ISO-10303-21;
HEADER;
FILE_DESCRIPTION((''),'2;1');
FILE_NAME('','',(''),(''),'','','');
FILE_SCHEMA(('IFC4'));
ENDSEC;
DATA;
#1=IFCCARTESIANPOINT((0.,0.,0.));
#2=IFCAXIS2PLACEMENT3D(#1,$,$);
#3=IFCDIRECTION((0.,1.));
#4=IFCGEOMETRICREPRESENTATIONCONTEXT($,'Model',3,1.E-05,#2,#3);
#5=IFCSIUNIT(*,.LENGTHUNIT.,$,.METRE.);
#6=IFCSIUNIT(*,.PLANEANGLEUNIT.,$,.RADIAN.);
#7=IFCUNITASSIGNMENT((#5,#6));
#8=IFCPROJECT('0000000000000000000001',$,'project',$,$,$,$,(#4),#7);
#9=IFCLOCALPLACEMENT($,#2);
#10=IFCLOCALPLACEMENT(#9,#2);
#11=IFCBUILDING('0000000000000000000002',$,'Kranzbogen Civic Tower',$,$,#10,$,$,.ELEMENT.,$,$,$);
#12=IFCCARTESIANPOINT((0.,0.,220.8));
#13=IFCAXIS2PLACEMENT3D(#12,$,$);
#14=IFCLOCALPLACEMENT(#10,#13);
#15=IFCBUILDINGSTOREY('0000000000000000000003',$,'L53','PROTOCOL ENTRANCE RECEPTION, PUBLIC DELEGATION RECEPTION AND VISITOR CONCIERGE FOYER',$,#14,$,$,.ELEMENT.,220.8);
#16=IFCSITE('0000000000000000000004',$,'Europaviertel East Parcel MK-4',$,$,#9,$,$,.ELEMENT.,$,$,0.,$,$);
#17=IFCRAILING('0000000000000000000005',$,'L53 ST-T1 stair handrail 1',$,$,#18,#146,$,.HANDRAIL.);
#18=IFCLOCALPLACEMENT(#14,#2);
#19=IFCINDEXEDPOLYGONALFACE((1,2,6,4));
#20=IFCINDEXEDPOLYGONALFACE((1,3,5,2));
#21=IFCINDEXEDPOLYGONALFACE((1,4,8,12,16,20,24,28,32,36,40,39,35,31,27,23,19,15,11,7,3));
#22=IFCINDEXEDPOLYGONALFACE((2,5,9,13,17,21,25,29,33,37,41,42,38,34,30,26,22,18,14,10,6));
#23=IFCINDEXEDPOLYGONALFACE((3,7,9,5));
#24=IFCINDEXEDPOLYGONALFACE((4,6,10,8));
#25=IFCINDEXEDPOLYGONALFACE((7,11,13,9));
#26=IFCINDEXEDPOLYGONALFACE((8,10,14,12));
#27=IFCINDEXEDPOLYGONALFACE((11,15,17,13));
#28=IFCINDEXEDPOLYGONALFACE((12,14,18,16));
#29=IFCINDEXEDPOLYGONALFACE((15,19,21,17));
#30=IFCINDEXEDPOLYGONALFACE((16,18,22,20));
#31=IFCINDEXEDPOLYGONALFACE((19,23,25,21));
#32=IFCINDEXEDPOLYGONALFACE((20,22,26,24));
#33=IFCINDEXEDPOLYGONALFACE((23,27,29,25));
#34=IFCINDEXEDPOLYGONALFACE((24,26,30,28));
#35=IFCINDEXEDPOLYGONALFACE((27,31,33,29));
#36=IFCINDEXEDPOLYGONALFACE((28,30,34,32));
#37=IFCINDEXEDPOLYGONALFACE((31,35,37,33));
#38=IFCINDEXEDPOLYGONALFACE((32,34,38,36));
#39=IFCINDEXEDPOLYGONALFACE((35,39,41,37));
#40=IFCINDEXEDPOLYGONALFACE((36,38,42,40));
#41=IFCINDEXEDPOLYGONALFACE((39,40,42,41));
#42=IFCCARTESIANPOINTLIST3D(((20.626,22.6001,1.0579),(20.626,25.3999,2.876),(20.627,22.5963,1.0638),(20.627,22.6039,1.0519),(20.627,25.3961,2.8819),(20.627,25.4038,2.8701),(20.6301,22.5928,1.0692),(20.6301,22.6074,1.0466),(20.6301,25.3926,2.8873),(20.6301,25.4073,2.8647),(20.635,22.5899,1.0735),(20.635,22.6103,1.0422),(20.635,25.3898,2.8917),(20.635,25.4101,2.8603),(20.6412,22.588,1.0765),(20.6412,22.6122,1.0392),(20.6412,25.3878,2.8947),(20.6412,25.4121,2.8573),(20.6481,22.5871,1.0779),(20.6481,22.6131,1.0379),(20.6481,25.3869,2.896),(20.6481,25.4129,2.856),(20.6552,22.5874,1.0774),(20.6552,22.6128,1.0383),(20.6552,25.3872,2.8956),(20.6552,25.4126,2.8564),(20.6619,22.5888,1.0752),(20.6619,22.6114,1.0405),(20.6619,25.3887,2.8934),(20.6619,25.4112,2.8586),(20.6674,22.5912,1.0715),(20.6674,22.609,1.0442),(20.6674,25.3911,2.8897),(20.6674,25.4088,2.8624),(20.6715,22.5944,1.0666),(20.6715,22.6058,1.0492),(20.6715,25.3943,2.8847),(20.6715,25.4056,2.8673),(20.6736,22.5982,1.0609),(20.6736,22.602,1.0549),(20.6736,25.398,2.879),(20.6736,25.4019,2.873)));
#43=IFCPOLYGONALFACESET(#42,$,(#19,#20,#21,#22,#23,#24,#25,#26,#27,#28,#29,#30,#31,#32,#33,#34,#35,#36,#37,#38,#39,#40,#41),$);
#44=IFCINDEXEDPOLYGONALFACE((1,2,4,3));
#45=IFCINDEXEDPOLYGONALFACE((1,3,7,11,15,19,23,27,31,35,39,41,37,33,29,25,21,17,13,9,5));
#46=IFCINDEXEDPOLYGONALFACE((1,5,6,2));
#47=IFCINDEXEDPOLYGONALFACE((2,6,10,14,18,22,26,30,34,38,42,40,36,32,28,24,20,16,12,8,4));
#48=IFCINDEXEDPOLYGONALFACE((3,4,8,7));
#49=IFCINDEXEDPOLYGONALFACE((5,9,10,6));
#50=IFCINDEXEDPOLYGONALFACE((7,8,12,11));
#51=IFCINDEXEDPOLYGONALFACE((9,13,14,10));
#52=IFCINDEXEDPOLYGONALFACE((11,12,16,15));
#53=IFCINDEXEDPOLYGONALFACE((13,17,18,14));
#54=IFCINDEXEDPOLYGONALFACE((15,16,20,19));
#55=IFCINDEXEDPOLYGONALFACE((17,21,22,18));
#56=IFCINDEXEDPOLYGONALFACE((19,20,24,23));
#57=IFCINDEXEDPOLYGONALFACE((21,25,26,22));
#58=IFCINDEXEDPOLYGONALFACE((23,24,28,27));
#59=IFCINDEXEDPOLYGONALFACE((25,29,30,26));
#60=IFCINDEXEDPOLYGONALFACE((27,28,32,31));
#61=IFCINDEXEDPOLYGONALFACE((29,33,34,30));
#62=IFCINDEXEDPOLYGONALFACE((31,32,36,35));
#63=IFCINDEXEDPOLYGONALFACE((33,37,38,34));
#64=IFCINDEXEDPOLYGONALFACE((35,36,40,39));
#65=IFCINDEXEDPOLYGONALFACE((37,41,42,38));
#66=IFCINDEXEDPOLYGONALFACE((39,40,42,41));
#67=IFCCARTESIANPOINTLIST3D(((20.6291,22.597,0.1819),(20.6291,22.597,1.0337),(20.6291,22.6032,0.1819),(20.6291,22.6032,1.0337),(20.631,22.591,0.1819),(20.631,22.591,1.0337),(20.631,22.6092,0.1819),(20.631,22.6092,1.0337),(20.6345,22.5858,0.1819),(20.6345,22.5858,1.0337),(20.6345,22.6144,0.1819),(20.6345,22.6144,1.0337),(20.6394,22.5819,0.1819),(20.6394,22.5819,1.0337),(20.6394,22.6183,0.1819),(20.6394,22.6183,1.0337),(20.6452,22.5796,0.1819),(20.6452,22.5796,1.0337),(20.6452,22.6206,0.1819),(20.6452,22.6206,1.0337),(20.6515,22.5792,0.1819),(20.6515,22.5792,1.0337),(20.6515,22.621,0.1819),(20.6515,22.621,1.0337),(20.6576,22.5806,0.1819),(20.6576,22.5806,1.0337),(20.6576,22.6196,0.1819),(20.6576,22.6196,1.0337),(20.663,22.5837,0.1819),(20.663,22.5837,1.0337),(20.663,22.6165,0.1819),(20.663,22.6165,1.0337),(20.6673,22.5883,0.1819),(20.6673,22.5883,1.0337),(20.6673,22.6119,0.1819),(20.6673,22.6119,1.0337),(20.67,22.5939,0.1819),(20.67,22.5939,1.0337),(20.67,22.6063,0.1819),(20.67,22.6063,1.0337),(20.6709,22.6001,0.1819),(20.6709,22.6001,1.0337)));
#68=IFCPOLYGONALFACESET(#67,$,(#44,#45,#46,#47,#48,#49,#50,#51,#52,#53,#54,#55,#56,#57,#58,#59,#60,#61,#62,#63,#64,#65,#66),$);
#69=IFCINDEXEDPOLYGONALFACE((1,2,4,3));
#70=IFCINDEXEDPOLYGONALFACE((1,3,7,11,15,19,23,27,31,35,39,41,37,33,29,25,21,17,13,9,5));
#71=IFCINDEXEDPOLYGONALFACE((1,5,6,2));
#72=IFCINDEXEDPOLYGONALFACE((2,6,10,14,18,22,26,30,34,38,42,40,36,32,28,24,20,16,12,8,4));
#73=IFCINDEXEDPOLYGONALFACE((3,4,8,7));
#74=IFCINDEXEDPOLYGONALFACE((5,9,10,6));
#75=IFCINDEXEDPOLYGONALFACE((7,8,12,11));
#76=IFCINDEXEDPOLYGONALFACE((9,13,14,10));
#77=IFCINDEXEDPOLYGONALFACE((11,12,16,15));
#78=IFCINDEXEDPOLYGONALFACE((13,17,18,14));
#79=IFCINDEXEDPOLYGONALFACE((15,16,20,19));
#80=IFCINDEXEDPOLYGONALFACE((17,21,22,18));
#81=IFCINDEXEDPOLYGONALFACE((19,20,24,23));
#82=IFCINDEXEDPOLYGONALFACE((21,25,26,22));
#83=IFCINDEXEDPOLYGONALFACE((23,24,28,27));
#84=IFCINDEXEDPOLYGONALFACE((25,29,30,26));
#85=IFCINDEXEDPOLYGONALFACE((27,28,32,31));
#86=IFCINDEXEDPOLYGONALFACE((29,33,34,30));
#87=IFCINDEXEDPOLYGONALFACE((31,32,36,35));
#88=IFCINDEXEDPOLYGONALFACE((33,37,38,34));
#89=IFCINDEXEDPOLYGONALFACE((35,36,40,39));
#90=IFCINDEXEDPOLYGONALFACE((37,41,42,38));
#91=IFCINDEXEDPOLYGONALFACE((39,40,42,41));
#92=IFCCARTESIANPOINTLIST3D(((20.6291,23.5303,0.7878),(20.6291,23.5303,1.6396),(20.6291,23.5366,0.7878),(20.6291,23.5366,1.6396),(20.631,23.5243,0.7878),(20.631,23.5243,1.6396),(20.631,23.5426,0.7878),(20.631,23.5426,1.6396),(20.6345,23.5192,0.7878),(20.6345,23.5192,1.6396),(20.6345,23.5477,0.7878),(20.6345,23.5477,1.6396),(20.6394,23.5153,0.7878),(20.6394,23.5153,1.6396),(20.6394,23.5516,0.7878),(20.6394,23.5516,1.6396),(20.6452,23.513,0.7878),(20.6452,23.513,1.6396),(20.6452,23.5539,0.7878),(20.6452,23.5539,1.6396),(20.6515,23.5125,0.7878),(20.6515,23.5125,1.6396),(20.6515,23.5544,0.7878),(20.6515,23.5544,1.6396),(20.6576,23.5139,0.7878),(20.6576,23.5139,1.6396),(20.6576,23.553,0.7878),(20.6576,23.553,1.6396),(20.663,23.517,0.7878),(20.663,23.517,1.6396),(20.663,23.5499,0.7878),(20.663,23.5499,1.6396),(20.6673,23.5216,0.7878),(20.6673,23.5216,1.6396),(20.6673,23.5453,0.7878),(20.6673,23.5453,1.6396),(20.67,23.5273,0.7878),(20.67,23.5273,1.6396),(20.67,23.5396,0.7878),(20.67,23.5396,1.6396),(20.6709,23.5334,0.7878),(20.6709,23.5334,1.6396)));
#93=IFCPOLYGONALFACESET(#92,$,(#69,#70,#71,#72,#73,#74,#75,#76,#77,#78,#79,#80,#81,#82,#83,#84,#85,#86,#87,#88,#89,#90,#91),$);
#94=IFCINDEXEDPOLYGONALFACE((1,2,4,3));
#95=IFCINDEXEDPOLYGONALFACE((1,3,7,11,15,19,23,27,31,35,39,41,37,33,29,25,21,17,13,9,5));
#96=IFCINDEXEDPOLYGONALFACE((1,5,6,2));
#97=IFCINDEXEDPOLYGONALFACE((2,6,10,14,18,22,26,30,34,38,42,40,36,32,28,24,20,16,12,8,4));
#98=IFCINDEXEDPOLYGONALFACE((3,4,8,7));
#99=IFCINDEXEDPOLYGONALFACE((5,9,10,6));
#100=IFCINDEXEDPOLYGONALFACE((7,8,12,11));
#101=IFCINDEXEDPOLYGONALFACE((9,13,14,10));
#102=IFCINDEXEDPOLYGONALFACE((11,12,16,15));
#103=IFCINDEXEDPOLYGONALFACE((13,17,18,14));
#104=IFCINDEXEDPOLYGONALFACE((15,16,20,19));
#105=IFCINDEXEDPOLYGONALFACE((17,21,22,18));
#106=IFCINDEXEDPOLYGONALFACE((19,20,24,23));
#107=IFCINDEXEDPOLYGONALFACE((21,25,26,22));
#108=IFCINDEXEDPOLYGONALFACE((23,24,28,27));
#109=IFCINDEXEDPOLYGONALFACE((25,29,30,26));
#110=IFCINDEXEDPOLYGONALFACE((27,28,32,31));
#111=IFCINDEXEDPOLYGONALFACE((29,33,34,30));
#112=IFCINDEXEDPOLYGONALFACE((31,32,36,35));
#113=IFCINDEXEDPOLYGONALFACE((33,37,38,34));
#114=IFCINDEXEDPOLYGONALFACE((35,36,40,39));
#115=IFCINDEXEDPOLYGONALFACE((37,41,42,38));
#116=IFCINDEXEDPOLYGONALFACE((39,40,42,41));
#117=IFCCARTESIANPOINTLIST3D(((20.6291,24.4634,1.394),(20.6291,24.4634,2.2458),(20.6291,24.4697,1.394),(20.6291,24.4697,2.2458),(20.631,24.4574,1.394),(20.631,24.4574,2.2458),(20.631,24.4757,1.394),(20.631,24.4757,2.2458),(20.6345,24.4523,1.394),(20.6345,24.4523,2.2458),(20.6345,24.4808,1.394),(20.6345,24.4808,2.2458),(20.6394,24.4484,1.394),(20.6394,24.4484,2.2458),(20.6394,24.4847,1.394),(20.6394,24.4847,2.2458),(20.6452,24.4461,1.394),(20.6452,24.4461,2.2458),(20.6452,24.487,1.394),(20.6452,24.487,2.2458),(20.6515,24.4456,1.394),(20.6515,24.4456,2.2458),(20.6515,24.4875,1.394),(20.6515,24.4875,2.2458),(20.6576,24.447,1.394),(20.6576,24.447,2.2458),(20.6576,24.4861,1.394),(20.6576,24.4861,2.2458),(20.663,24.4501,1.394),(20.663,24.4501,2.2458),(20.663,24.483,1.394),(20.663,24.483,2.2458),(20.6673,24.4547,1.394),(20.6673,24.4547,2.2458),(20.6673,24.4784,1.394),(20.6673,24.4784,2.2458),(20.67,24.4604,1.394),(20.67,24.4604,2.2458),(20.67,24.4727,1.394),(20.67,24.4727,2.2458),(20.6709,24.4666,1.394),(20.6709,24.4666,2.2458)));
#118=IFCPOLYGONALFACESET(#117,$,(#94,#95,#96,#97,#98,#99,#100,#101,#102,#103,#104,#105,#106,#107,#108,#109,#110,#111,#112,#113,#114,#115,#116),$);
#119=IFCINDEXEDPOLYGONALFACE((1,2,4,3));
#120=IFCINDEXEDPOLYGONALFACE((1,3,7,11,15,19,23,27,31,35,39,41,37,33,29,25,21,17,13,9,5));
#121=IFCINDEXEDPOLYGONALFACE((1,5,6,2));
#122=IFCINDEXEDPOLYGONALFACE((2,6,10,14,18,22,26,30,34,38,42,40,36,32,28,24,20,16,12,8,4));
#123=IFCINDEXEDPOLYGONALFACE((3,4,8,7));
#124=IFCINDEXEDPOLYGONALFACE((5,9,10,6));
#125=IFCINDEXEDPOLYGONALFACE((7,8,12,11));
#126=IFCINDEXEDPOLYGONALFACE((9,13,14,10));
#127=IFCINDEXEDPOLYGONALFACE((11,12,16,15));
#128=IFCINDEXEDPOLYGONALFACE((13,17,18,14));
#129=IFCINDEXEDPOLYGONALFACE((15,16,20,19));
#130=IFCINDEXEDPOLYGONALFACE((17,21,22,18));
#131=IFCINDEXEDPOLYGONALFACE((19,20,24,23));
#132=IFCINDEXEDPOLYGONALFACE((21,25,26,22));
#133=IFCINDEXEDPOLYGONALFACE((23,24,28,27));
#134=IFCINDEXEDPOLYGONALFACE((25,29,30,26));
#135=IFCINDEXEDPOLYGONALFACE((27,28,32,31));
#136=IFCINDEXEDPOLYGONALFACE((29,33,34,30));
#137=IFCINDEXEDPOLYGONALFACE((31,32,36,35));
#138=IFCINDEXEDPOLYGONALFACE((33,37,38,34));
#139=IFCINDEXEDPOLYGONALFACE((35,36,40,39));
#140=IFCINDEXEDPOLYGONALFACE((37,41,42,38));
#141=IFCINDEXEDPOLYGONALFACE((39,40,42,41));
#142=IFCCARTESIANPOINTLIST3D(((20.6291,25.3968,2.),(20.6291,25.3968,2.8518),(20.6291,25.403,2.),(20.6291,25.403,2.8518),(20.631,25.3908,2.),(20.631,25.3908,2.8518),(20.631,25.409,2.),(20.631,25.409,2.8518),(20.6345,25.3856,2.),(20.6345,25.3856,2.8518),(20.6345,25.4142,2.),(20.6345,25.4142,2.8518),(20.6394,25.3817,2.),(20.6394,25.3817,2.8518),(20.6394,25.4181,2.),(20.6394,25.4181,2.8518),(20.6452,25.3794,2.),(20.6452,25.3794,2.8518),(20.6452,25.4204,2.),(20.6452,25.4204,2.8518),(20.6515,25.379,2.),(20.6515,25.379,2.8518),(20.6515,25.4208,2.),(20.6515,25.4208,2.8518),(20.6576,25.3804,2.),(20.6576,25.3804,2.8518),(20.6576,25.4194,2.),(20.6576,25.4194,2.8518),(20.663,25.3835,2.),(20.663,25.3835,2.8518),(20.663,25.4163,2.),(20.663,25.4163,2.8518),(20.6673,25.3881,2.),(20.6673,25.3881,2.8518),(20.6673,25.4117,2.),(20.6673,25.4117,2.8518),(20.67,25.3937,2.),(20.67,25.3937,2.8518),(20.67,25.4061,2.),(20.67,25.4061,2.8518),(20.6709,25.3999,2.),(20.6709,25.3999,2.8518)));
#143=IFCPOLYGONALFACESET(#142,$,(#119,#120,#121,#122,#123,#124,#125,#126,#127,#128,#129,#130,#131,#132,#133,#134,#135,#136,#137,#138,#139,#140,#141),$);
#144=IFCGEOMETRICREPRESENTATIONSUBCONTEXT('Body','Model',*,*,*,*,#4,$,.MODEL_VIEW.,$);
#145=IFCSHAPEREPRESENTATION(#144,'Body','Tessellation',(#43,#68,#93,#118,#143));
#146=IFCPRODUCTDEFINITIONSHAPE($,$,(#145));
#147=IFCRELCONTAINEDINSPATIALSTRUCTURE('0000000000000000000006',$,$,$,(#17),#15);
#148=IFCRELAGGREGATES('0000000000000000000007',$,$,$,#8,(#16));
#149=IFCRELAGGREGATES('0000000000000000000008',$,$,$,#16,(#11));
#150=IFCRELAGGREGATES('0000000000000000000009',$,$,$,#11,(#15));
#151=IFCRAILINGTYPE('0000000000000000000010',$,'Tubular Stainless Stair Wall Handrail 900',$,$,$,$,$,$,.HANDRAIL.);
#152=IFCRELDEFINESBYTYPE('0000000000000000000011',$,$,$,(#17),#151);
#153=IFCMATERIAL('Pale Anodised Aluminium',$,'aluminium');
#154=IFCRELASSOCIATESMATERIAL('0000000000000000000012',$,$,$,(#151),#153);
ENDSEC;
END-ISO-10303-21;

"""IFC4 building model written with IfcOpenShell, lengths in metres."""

from ifc_helpers import new_model, si_unit, direction, frame, origin, origin_2d, place, context, subcontext, project, spatial, circle, extrude, material, type_object, element, save


model = new_model("IFC4")

# Units and contexts
model_context = context("Model", 3, precision=1e-05, world=origin(), true_north=direction((0.0, 1.0)))
body_context = subcontext(model_context, "Body", "Model", "MODEL_VIEW")
ifc_project = project(units=[si_unit("LENGTHUNIT", "METRE"), si_unit("PLANEANGLEUNIT", "RADIAN")], contexts=[model_context])

# Site, building, storey
site_placement = place(None, origin())
site = spatial("IfcSite", under=ifc_project, at=site_placement, Name="Europaviertel East Parcel MK-4", CompositionType="ELEMENT", RefElevation=0.0)
building_placement = place(site_placement, origin())
building = spatial("IfcBuilding", under=site, at=building_placement, Name="Kranzbogen Civic Tower", CompositionType="ELEMENT")
storey_placement = place(building_placement, frame((0.0, 0.0, 220.8)))
storey = spatial("IfcBuildingStorey", under=building, at=storey_placement, Name="L53", Description="PROTOCOL ENTRANCE RECEPTION, PUBLIC DELEGATION RECEPTION AND VISITOR CONCIERGE FOYER", CompositionType="ELEMENT", Elevation=220.8)

# Shared definitions
ifc_material_1 = material(Name="Pale Anodised Aluminium", Category="aluminium")

# Railing
railing_type_1 = type_object("IfcRailingType", Name="Tubular Stainless Stair Wall Handrail 900", PredefinedType="HANDRAIL", material=ifc_material_1)
railing_1_placement = place(storey_placement, frame((20.6499, 22.6001, 0.1819)))
element("IfcRailing", 1, at=railing_1_placement, inside=storey, type_object=railing_type_1, Name="L53 ST-T1 stair handrail 1", PredefinedType="HANDRAIL", context=body_context, shape_type="SweptSolid", body=[
    extrude(circle(Radius=0.0239, at=origin_2d()), frame((0.0, 0.0, 0.876), z_axis=(0.0, 0.838684, 0.544618), x_axis=(-1.0, 0.0, 0.0)), (0.0, 0.0, 1.0), 3.3384),
    extrude(circle(Radius=0.021, at=origin_2d()), origin(), (0.0, 0.0, 1.0), 0.8518),
    extrude(circle(Radius=0.021, at=origin_2d()), frame((0.0, 0.9333, 0.606)), (0.0, 0.0, 1.0), 0.8518),
    extrude(circle(Radius=0.021, at=origin_2d()), frame((0.0, 1.8665, 1.2122)), (0.0, 0.0, 1.0), 0.8518),
    extrude(circle(Radius=0.021, at=origin_2d()), frame((0.0, 2.7998, 1.8181)), (0.0, 0.0, 1.0), 0.8518),
])

save(model, "model.ifc")
